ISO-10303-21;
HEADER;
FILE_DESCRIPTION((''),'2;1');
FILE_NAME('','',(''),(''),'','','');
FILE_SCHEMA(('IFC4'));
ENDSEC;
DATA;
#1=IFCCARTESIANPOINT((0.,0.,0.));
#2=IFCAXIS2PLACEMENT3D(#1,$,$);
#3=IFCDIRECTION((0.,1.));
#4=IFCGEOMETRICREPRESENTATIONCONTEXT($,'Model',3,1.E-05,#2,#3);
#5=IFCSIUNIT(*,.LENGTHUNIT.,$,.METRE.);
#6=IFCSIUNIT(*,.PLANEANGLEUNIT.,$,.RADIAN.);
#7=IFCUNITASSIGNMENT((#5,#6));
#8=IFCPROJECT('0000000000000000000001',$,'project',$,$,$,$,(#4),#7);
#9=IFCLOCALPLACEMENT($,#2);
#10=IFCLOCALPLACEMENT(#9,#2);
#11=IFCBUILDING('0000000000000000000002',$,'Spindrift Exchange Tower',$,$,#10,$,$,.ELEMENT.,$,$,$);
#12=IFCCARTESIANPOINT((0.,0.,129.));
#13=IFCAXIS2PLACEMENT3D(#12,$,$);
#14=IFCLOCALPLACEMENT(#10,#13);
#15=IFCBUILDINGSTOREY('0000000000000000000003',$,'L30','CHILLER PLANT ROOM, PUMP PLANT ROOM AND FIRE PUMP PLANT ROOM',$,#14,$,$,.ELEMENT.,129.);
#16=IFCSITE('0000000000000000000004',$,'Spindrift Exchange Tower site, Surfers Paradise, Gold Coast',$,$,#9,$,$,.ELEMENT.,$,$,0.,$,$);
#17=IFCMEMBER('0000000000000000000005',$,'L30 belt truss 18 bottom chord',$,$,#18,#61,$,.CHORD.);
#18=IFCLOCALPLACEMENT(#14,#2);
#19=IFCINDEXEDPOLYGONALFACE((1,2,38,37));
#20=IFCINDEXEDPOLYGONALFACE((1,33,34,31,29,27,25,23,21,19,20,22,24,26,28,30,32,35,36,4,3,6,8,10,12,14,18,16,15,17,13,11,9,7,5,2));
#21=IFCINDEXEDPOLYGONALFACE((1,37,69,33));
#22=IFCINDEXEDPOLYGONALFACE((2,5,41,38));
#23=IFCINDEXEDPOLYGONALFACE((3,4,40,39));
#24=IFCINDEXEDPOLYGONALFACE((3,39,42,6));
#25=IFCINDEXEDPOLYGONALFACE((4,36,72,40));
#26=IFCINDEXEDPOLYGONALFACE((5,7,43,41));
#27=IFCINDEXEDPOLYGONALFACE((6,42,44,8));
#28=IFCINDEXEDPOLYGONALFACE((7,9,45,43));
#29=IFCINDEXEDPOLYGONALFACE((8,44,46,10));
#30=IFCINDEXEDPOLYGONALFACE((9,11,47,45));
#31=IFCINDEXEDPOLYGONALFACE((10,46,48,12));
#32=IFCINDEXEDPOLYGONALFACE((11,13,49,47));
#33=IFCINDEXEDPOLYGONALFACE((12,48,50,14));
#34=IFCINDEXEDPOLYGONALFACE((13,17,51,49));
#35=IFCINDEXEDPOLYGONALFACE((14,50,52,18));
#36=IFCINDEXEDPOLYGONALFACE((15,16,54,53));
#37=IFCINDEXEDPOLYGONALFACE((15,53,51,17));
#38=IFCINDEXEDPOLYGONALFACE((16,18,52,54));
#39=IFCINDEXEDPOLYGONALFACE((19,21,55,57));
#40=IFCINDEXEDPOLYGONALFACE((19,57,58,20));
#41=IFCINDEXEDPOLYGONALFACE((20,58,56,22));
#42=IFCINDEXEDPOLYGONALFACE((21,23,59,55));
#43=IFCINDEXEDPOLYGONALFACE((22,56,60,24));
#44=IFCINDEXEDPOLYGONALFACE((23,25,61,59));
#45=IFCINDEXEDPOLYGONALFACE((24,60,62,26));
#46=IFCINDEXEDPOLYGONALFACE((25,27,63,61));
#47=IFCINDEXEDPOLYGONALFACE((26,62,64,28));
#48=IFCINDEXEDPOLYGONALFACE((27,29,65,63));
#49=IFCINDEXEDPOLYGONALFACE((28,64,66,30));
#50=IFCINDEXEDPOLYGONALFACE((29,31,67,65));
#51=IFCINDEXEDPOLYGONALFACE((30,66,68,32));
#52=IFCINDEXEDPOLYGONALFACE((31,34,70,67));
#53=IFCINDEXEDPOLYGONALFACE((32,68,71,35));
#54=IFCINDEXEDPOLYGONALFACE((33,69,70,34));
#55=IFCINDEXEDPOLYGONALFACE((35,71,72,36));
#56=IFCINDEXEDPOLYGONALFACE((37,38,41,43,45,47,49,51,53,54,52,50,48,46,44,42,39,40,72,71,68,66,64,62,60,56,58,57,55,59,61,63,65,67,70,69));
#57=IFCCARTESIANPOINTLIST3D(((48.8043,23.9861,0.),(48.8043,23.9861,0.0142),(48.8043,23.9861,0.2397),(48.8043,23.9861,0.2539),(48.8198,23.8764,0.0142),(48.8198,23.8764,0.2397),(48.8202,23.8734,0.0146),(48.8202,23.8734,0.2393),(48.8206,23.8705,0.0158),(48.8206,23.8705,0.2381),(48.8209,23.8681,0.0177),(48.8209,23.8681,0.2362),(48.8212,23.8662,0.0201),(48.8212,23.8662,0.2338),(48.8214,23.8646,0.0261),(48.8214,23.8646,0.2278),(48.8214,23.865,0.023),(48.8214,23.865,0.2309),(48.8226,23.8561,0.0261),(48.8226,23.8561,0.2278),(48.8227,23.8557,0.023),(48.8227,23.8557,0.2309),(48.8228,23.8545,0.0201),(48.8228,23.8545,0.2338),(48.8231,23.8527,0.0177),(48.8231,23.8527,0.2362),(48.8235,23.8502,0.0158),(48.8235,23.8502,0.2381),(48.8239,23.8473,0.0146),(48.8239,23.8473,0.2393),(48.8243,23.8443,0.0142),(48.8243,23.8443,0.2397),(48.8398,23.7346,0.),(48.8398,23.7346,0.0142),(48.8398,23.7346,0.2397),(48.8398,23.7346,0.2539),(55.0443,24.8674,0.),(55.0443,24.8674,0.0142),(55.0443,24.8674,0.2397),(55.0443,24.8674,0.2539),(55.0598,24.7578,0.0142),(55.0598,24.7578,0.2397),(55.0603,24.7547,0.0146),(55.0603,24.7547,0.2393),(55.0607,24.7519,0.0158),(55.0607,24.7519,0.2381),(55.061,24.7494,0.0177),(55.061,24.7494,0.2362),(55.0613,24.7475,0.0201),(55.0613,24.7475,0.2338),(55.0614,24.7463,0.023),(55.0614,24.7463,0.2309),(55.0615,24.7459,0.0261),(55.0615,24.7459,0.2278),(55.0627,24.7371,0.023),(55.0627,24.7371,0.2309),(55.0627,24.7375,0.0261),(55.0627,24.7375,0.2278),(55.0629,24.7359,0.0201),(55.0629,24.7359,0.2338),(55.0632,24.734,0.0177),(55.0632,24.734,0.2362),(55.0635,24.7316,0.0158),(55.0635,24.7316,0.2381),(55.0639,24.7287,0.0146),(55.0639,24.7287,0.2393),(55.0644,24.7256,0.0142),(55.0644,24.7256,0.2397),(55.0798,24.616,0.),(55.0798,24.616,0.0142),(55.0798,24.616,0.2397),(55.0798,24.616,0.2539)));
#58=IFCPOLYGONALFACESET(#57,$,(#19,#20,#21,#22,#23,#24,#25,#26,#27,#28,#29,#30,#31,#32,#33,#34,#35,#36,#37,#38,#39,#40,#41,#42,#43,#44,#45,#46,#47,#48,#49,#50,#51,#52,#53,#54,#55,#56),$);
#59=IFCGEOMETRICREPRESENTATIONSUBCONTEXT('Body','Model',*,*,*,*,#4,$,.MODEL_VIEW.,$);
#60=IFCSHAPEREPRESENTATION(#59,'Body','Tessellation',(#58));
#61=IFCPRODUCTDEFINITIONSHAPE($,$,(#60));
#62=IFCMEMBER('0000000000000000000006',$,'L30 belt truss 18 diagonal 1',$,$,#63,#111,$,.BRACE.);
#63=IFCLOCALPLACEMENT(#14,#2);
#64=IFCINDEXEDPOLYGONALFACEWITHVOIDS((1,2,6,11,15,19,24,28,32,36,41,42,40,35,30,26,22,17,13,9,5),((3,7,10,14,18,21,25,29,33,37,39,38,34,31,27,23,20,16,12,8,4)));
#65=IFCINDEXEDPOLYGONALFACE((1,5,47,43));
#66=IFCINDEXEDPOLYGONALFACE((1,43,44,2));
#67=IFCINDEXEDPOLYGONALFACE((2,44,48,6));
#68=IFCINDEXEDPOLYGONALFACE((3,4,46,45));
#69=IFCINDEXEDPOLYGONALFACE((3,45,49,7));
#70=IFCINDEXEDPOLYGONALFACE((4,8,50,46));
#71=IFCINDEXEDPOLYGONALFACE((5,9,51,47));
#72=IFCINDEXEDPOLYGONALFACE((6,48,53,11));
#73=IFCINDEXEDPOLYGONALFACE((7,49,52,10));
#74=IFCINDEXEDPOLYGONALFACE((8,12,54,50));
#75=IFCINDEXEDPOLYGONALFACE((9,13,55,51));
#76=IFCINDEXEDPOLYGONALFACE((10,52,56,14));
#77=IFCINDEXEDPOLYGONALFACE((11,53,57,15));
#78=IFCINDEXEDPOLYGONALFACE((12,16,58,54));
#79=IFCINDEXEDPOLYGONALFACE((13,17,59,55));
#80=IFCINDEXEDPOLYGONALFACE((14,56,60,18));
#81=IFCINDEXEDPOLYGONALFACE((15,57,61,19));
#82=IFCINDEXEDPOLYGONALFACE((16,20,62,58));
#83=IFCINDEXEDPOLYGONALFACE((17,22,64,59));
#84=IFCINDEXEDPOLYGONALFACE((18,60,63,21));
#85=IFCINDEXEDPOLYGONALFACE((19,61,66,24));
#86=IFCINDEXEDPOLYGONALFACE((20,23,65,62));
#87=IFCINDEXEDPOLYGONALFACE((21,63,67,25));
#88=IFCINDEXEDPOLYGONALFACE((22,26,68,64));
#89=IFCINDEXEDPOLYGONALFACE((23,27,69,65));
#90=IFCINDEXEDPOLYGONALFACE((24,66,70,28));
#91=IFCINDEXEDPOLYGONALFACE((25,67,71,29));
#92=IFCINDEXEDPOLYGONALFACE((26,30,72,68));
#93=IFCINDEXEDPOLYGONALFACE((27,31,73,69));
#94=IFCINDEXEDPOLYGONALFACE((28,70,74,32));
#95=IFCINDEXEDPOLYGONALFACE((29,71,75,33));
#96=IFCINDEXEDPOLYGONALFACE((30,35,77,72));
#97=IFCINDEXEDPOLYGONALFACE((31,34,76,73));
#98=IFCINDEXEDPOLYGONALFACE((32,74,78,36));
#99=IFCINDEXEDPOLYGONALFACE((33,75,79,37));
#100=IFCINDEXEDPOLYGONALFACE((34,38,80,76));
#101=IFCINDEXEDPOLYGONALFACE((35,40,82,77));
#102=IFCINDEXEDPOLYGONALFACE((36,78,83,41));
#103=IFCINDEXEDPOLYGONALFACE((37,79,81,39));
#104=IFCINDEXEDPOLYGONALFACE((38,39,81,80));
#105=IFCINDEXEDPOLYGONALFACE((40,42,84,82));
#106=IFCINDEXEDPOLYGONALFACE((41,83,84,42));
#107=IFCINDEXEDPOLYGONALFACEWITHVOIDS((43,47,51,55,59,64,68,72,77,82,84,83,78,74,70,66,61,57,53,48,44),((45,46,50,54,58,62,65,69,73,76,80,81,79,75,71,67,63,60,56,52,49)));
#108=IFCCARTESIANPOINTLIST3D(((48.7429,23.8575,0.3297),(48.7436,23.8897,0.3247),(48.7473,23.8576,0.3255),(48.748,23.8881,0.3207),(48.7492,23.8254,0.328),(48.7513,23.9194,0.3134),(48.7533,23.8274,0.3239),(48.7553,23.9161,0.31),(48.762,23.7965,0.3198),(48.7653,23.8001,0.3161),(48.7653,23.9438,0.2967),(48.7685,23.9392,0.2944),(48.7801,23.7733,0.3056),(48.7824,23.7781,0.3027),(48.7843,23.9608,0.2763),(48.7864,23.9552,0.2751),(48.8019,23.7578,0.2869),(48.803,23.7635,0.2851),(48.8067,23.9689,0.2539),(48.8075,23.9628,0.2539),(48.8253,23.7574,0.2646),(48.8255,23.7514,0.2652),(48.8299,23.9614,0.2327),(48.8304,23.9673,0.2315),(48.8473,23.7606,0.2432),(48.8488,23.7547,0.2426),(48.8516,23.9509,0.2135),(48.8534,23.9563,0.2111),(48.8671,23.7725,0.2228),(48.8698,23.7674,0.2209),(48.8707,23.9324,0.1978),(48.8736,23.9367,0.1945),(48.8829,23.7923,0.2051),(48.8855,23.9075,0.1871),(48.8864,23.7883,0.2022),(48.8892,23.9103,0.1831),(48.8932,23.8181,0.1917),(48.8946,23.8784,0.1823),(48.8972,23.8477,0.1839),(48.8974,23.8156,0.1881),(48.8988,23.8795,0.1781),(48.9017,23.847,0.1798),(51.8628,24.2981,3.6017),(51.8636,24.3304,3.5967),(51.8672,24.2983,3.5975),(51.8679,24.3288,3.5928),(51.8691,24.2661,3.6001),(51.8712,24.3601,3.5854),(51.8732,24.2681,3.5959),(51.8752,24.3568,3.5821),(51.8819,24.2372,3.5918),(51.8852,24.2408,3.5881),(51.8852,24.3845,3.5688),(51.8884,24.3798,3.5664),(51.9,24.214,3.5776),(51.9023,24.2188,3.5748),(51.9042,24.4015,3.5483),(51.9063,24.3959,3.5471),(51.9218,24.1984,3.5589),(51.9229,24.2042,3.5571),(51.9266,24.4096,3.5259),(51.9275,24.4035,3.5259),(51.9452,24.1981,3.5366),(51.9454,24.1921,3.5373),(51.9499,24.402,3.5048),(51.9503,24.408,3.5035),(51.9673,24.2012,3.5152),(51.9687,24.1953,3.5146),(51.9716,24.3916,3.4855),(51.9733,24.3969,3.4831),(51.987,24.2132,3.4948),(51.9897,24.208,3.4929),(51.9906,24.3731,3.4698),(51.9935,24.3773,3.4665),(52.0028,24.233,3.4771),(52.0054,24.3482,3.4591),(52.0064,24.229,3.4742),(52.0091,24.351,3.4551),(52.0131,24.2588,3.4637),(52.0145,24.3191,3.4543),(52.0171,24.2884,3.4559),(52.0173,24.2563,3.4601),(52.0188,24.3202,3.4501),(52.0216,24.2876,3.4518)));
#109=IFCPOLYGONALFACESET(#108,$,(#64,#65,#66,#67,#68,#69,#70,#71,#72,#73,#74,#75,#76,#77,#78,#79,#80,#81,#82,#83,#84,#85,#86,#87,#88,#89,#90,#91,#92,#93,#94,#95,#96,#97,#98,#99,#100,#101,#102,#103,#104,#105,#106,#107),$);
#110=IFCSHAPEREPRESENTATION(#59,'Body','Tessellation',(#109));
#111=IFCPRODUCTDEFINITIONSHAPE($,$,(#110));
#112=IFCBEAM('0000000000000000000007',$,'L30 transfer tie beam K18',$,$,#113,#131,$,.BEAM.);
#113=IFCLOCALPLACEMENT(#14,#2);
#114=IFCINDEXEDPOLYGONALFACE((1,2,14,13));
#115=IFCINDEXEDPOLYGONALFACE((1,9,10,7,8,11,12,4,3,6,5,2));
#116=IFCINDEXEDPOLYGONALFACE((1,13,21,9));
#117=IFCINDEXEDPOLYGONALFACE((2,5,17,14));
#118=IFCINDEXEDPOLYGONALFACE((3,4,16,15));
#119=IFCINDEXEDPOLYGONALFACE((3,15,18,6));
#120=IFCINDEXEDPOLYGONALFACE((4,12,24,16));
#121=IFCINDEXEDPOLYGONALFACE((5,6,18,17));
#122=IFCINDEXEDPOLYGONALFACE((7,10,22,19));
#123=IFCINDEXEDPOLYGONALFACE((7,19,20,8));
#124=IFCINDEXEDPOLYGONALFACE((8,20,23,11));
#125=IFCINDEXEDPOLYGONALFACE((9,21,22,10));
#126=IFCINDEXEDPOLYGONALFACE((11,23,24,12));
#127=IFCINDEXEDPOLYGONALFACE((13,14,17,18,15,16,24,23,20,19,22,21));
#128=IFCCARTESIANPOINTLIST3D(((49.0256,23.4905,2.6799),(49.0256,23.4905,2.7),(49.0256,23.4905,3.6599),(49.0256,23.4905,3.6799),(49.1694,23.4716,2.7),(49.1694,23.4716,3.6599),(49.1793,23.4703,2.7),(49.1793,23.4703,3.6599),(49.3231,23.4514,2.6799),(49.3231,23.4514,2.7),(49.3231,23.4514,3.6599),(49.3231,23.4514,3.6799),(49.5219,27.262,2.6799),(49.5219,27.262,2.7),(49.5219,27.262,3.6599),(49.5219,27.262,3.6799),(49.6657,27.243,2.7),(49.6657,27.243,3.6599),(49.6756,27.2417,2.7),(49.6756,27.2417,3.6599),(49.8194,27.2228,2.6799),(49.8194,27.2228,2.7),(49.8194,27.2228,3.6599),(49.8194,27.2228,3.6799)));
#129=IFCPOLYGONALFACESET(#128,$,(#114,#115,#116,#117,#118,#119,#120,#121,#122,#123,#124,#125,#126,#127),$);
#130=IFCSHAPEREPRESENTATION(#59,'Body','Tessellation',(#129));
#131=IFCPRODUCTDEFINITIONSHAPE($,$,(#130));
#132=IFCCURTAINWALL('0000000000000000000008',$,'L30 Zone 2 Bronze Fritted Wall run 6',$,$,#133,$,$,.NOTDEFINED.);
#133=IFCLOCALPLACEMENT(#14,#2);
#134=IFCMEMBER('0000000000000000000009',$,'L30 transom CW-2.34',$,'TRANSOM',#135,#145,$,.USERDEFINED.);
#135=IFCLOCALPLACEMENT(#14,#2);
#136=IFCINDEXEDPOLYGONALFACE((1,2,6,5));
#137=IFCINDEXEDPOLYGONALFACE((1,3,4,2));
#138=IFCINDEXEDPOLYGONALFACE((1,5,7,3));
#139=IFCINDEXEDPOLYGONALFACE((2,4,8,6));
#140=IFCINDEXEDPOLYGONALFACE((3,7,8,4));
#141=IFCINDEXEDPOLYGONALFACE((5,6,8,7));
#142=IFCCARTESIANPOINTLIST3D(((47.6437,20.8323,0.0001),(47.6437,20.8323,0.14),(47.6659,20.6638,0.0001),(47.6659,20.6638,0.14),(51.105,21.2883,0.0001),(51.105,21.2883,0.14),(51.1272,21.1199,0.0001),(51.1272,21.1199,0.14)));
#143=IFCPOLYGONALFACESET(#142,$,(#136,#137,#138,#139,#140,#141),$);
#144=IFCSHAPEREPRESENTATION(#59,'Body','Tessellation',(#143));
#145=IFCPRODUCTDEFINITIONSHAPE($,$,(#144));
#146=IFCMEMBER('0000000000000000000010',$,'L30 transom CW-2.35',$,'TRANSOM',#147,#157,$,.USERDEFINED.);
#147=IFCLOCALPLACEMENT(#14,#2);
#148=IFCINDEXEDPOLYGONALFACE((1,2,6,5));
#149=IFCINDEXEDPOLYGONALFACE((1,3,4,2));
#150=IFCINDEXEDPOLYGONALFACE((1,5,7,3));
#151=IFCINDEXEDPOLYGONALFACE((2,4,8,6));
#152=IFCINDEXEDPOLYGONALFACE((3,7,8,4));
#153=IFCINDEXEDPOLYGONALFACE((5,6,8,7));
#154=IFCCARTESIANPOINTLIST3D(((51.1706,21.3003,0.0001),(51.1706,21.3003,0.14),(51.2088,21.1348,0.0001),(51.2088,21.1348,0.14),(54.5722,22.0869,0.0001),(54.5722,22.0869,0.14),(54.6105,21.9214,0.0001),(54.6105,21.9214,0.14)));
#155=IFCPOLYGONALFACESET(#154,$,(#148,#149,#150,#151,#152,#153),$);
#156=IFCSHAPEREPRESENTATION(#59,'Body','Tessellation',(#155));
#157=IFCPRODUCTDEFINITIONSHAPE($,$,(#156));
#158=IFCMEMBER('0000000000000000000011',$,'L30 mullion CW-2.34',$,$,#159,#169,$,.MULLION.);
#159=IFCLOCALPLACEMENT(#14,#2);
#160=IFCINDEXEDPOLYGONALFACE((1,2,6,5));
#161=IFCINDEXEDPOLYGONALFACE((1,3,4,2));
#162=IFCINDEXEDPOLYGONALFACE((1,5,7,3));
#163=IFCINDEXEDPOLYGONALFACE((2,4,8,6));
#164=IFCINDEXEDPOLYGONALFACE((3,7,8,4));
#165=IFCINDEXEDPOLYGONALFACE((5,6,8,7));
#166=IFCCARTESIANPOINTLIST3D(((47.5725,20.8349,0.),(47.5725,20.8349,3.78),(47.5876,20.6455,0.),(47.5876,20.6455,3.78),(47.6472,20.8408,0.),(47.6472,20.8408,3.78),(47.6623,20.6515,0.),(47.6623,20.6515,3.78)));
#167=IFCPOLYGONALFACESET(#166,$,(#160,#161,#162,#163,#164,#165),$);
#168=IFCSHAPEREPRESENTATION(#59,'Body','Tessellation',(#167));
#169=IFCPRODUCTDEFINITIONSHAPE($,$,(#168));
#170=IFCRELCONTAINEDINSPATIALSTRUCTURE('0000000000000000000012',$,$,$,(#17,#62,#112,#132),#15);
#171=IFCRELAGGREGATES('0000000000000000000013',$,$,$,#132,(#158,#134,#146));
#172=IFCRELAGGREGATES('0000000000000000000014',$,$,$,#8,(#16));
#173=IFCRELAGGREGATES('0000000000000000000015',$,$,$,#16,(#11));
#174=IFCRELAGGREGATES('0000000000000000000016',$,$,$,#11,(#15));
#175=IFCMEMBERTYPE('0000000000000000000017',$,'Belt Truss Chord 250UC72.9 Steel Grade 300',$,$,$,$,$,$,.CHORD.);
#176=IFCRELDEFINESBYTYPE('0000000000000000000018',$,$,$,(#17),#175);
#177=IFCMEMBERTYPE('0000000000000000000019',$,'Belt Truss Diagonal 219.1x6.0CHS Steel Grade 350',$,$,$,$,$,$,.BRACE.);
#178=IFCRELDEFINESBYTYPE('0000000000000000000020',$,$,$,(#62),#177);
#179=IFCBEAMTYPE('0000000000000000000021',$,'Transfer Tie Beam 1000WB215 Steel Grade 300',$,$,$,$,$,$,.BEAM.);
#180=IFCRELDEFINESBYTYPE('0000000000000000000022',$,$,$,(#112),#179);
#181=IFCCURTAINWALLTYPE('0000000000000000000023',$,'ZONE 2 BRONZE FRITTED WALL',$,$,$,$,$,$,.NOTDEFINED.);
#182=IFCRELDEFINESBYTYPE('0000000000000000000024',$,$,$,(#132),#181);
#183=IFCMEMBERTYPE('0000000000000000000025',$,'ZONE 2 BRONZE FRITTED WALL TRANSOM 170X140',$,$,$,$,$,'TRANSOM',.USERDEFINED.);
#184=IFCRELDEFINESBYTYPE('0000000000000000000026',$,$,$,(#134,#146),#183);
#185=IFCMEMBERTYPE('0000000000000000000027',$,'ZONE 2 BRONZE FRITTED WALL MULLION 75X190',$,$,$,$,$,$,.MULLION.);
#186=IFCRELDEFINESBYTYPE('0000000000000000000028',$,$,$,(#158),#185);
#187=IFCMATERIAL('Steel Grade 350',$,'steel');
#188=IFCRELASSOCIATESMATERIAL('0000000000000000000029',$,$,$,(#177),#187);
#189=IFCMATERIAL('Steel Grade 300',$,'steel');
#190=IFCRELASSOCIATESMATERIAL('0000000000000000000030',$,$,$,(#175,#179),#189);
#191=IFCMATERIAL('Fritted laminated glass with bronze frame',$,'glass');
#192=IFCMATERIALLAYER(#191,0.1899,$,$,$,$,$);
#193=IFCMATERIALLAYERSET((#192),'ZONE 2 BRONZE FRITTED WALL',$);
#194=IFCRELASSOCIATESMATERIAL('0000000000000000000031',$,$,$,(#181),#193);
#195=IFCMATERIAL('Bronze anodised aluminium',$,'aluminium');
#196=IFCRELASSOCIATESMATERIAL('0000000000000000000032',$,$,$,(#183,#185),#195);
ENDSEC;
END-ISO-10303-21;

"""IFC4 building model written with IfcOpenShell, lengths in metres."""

from ifc_helpers import new_model, si_unit, direction, frame, origin, origin_2d, place, context, subcontext, project, spatial, rectangle, hollow_circle, i_section, extrude, source, transform, mapped, material, layer, layer_set, material_profile, profile_set, type_object, element, aggregate, save


model = new_model("IFC4")

# Units and contexts
model_context = context("Model", 3, precision=1e-05, world=origin(), true_north=direction((0.0, 1.0)))
body_context = subcontext(model_context, "Body", "Model", "MODEL_VIEW")
ifc_project = project(units=[si_unit("LENGTHUNIT", "METRE"), si_unit("PLANEANGLEUNIT", "RADIAN")], contexts=[model_context])

# Site, building, storey
site_placement = place(None, origin())
site = spatial("IfcSite", under=ifc_project, at=site_placement, Name="Spindrift Exchange Tower site, Surfers Paradise, Gold Coast", CompositionType="ELEMENT", RefElevation=0.0)
building_placement = place(site_placement, origin())
building = spatial("IfcBuilding", under=site, at=building_placement, Name="Spindrift Exchange Tower", CompositionType="ELEMENT")
storey_placement = place(building_placement, frame((0.0, 0.0, 129.0)))
storey = spatial("IfcBuildingStorey", under=building, at=storey_placement, Name="L30", Description="CHILLER PLANT ROOM, PUMP PLANT ROOM AND FIRE PUMP PLANT ROOM", CompositionType="ELEMENT", Elevation=129.0)

# Shared definitions
ifc_material_1 = material(Name="Steel Grade 300", Category="steel")

# Members
ifc_material_2 = material(Name="Steel Grade 350", Category="steel")
ifc_material_profile_1 = material_profile(ifc_material_2, hollow_circle(Radius=0.1096, WallThickness=0.0061, at=origin_2d()), Name="219.1x6.0CHS")
ifc_profile_set_1 = profile_set([ifc_material_profile_1], Name="Steel Grade 350")
member_type_1 = type_object("IfcMemberType", Name="Belt Truss Diagonal 219.1x6.0CHS Steel Grade 350", PredefinedType="BRACE", material=ifc_profile_set_1)
ifc_material_profile_2 = material_profile(ifc_material_1, i_section(OverallWidth=0.2539, OverallDepth=0.2539, WebThickness=0.0085, FlangeThickness=0.0142, FilletRadius=0.012, at=origin_2d()), Name="250UC72.9")
ifc_profile_set_2 = profile_set([ifc_material_profile_2], Name="Steel Grade 300")
member_type_2 = type_object("IfcMemberType", Name="Belt Truss Chord 250UC72.9 Steel Grade 300", PredefinedType="CHORD", material=ifc_profile_set_2)
shared_shape_1 = source(origin(), body_context, "Body", "SweptSolid", [
    extrude(i_section(OverallWidth=0.2539, OverallDepth=0.2539, WebThickness=0.0085, FlangeThickness=0.0142, FilletRadius=0.012, at=origin_2d()), origin(), (0.0, 0.0, 1.0), 6.302),
])
for number, where, z_axis, x_axis, name in (
    (1, (48.822, 23.8604, 0.127), (0.990172, 0.139854, 0.0), (-0.139854, 0.990172, 0.0), "L30 belt truss 18 bottom chord"),
):
    element("IfcMember", number, at=place(storey_placement, frame(where, z_axis=z_axis, x_axis=x_axis)), inside=storey, type_object=member_type_2, Name=name, PredefinedType="CHORD", context=body_context, shape_type="MappedRepresentation", body=[
        mapped(shared_shape_1, transform((0.0, 0.0, 0.0), scale=1.0)),
    ])
shared_shape_2 = source(origin(), body_context, "Body", "SweptSolid", [
    extrude(hollow_circle(Radius=0.1096, WallThickness=0.0061, at=origin_2d()), origin(), (0.0, 0.0, 1.0), 4.5425),
])
member_1_placement = place(storey_placement, frame((48.822, 23.8604, 0.2539), z_axis=(0.68683, 0.097013, 0.720314), x_axis=(-0.139859, 0.990171, 0.0)))
element("IfcMember", 2, at=member_1_placement, inside=storey, type_object=member_type_1, Name="L30 belt truss 18 diagonal 1", PredefinedType="BRACE", context=body_context, shape_type="MappedRepresentation", body=[
    mapped(shared_shape_2, transform((0.0, 0.0, 0.0), scale=1.0)),
])

# Beam
ifc_material_profile_3 = material_profile(ifc_material_1, i_section(OverallWidth=0.3, OverallDepth=1.0, WebThickness=0.01, FlangeThickness=0.02, at=origin_2d()), Name="1000WB215")
ifc_profile_set_3 = profile_set([ifc_material_profile_3], Name="Steel Grade 300")
beam_type_1 = type_object("IfcBeamType", Name="Transfer Tie Beam 1000WB215 Steel Grade 300", PredefinedType="BEAM", material=ifc_profile_set_3)
shared_shape_3 = source(origin(), body_context, "Body", "SweptSolid", [
    extrude(i_section(OverallWidth=0.3, OverallDepth=1.0, WebThickness=0.01, FlangeThickness=0.02, at=origin_2d()), origin(), (0.0, 0.0, 1.0), 3.804),
])
beam_1_placement = place(storey_placement, frame((49.1743, 23.4709, 3.1799), z_axis=(0.130478, 0.991451, 0.0), x_axis=(-0.991451, 0.130478, 0.0)))
element("IfcBeam", 3, at=beam_1_placement, inside=storey, type_object=beam_type_1, Name="L30 transfer tie beam K18", PredefinedType="BEAM", context=body_context, shape_type="MappedRepresentation", body=[
    mapped(shared_shape_3, transform((0.0, 0.0, 0.0), scale=1.0)),
])

# Curtain wall, members
ifc_material_3 = material(Name="Fritted laminated glass with bronze frame", Category="glass")
ifc_layer_1 = layer(ifc_material_3, 0.1899)
ifc_layer_set_1 = layer_set([ifc_layer_1], Name="ZONE 2 BRONZE FRITTED WALL")
curtain_wall_type = type_object("IfcCurtainWallType", Name="ZONE 2 BRONZE FRITTED WALL", PredefinedType="NOTDEFINED", material=ifc_layer_set_1)
curtain_wall_placement = place(storey_placement, origin())
curtain_wall = element("IfcCurtainWall", 4, at=curtain_wall_placement, inside=storey, type_object=curtain_wall_type, Name="L30 Zone 2 Bronze Fritted Wall run 6", PredefinedType="NOTDEFINED")
ifc_material_4 = material(Name="Bronze anodised aluminium", Category="aluminium")
ifc_material_profile_4 = material_profile(ifc_material_4, rectangle(XDim=0.1699, YDim=0.1399, at=origin_2d()), Name="ZONE 2 BRONZE FRITTED WALL TRANSOM 170X140")
ifc_profile_set_4 = profile_set([ifc_material_profile_4], Name="Bronze anodised aluminium")
member_type_3 = type_object("IfcMemberType", Name="ZONE 2 BRONZE FRITTED WALL TRANSOM 170X140", ElementType="TRANSOM", PredefinedType="USERDEFINED", material=ifc_profile_set_4)
shared_shape_4 = source(origin(), body_context, "Body", "SweptSolid", [
    extrude(rectangle(XDim=0.1699, YDim=0.1399, at=origin_2d()), origin(), (0.0, 0.0, 1.0), 3.4912),
])
member_2_placement = place(storey_placement, frame((47.6548, 20.748, 0.0701), z_axis=(0.991431, 0.130634, 0.0), x_axis=(-0.130634, 0.991431, 0.0)))
member_2 = element("IfcMember", 5, at=member_2_placement, type_object=member_type_3, Name="L30 transom CW-2.34", ObjectType="TRANSOM", PredefinedType="USERDEFINED", context=body_context, shape_type="MappedRepresentation", body=[
    mapped(shared_shape_4, transform((0.0, 0.0, 0.0), scale=1.0)),
])
shared_shape_5 = source(origin(), body_context, "Body", "SweptSolid", [
    extrude(rectangle(XDim=0.1699, YDim=0.1399, at=origin_2d()), origin(), (0.0, 0.0, 1.0), 3.4915),
])
member_3_placement = place(storey_placement, frame((51.1897, 21.2175, 0.0701), z_axis=(0.974289, 0.225304, 0.0), x_axis=(-0.225304, 0.974289, 0.0)))
member_3 = element("IfcMember", 6, at=member_3_placement, type_object=member_type_3, Name="L30 transom CW-2.35", ObjectType="TRANSOM", PredefinedType="USERDEFINED", context=body_context, shape_type="MappedRepresentation", body=[
    mapped(shared_shape_5, transform((0.0, 0.0, 0.0), scale=1.0)),
])
ifc_material_profile_5 = material_profile(ifc_material_4, rectangle(XDim=0.075, YDim=0.1899, at=origin_2d()), Name="ZONE 2 BRONZE FRITTED WALL MULLION 75X190")
ifc_profile_set_5 = profile_set([ifc_material_profile_5], Name="Bronze anodised aluminium")
member_type_4 = type_object("IfcMemberType", Name="ZONE 2 BRONZE FRITTED WALL MULLION 75X190", PredefinedType="MULLION", material=ifc_profile_set_5)
shared_shape_6 = source(origin(), body_context, "Body", "SweptSolid", [
    extrude(rectangle(XDim=0.075, YDim=0.1899, at=origin_2d()), origin(), (0.0, 0.0, 1.0), 3.78),
])
member_4_placement = place(storey_placement, frame((47.6174, 20.7432, 0.0), z_axis=(0.0, 0.0, 1.0), x_axis=(0.996844, 0.079391, 0.0)))
member_4 = element("IfcMember", 7, at=member_4_placement, type_object=member_type_4, Name="L30 mullion CW-2.34", PredefinedType="MULLION", context=body_context, shape_type="MappedRepresentation", body=[
    mapped(shared_shape_6, transform((0.0, 0.0, 0.0), scale=1.0)),
])
aggregate(curtain_wall, [member_4, member_2, member_3])

save(model, "model.ifc")
